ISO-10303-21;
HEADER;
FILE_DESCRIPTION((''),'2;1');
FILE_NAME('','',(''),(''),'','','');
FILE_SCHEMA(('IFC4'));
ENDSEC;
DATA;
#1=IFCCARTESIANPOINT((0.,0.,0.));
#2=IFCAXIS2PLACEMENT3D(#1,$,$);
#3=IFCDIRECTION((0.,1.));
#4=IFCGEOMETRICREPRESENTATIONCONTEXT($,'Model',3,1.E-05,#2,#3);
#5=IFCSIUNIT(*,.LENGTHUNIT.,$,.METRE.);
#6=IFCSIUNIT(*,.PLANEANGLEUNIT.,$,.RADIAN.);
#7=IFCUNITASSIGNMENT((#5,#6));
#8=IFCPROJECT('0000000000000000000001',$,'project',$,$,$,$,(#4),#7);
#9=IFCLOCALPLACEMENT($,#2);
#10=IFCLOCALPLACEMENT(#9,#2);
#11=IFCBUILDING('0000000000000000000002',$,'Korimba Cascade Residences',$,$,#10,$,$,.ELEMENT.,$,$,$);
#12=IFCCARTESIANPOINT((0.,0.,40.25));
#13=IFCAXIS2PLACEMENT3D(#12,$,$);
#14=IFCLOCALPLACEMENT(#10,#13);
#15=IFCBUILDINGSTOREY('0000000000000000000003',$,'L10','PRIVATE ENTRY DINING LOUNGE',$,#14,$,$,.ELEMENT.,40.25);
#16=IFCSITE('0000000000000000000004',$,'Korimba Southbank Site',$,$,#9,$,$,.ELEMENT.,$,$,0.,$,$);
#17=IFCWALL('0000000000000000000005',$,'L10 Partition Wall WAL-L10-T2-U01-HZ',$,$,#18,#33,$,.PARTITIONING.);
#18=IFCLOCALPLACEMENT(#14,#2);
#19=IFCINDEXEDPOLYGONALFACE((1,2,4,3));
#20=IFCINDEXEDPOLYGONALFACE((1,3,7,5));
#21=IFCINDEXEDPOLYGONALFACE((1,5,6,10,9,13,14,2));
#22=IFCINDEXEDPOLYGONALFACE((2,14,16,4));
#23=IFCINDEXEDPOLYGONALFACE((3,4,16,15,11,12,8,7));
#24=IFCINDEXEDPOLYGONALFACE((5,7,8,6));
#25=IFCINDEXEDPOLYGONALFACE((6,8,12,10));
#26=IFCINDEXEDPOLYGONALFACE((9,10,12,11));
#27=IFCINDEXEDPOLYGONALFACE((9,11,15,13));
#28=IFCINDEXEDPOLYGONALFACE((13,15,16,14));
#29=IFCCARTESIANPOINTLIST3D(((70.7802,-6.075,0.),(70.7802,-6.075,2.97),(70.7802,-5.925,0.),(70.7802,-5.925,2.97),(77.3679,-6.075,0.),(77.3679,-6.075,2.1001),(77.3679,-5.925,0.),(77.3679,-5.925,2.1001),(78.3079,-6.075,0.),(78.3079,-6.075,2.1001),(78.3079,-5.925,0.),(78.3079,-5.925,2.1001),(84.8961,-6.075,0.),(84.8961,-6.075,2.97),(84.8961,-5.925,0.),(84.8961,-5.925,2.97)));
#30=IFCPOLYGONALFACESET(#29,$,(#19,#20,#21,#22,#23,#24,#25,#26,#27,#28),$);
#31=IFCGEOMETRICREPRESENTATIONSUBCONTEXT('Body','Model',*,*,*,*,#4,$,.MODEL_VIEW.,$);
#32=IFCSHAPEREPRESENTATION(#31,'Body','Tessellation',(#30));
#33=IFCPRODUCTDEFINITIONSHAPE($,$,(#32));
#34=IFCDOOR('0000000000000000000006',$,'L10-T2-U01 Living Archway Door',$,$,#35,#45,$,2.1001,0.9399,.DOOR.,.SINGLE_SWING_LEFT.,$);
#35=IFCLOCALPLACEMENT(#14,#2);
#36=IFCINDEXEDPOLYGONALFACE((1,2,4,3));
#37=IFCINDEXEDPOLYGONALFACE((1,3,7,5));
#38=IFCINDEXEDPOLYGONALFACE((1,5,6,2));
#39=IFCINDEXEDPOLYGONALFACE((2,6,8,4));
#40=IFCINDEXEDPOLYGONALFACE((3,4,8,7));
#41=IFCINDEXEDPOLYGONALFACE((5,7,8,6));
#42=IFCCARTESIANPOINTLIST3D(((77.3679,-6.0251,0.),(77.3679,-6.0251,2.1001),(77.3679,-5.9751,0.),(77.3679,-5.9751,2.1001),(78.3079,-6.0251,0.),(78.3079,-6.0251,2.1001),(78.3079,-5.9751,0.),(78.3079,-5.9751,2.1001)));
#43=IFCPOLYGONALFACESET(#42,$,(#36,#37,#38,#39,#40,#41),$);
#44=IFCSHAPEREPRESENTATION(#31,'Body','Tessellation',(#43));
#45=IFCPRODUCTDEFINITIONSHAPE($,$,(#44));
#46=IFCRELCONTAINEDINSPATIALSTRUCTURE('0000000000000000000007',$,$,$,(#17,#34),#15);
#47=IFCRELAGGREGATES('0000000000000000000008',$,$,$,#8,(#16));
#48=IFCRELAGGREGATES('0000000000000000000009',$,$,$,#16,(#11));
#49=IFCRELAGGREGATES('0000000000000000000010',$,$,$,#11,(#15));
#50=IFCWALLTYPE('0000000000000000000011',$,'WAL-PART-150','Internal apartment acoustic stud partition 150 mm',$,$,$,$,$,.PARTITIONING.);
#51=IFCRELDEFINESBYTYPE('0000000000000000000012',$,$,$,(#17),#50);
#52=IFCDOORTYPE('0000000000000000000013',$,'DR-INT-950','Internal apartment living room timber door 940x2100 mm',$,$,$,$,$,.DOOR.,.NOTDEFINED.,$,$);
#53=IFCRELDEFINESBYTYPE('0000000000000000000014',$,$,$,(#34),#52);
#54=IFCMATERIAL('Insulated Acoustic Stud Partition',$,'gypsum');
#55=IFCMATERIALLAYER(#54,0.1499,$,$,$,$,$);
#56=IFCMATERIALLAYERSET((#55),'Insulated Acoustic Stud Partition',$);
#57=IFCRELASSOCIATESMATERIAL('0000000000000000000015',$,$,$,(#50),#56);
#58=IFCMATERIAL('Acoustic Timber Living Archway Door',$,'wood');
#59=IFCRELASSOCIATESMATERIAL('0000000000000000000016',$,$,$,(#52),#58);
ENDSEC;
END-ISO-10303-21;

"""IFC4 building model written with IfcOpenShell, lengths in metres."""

from ifc_helpers import new_model, si_unit, direction, frame, frame_2d, origin, place, context, subcontext, project, spatial, rectangle, extrude, material, layer, layer_set, type_object, element, fill, save


model = new_model("IFC4")

# Units and contexts
model_context = context("Model", 3, precision=1e-05, world=origin(), true_north=direction((0.0, 1.0)))
body_context = subcontext(model_context, "Body", "Model", "MODEL_VIEW")
ifc_project = project(units=[si_unit("LENGTHUNIT", "METRE"), si_unit("PLANEANGLEUNIT", "RADIAN")], contexts=[model_context])

# Site, building, storey
site_placement = place(None, origin())
site = spatial("IfcSite", under=ifc_project, at=site_placement, Name="Korimba Southbank Site", CompositionType="ELEMENT", RefElevation=0.0)
building_placement = place(site_placement, origin())
building = spatial("IfcBuilding", under=site, at=building_placement, Name="Korimba Cascade Residences", CompositionType="ELEMENT")
storey_placement = place(building_placement, frame((0.0, 0.0, 40.25)))
storey = spatial("IfcBuildingStorey", under=building, at=storey_placement, Name="L10", Description="PRIVATE ENTRY DINING LOUNGE", CompositionType="ELEMENT", Elevation=40.25)

# Wall, opening, door
ifc_material_1 = material(Name="Insulated Acoustic Stud Partition", Category="gypsum")
ifc_layer_1 = layer(ifc_material_1, 0.1499)
ifc_layer_set_1 = layer_set([ifc_layer_1], Name="Insulated Acoustic Stud Partition")
wall_type_1 = type_object("IfcWallType", Name="WAL-PART-150", Description="Internal apartment acoustic stud partition 150 mm", PredefinedType="PARTITIONING", material=ifc_layer_set_1)
wall_1_placement = place(storey_placement, frame((70.78, -6.0, 0.0), z_axis=(0.0, 0.0, 1.0), x_axis=(1.0, 0.0, 0.0)))
wall_1 = element("IfcWall", 1, at=wall_1_placement, inside=storey, type_object=wall_type_1, Name="L10 Partition Wall WAL-L10-T2-U01-HZ", PredefinedType="PARTITIONING", context=body_context, shape_type="SweptSolid", body=[
    extrude(rectangle(XDim=14.116, YDim=0.1499, at=frame_2d((7.0581, 0.0))), origin(), (0.0, 0.0, 1.0), 2.97),
])
opening_1_placement = place(wall_1_placement, frame((6.5879, 0.0, 0.0)))
opening_1 = element("IfcOpeningElement", 2, at=opening_1_placement, cuts=wall_1, PredefinedType="OPENING", context=body_context, shape_type="SweptSolid", body=[
    extrude(rectangle(XDim=0.9399, YDim=2.1001, at=frame_2d((0.47, 1.05))), frame((0.0, 0.085, 0.0), z_axis=(0.0, -1.0, 0.0), x_axis=(1.0, 0.0, 0.0)), (0.0, 0.0, 1.0), 0.1699),
])
ifc_material_2 = material(Name="Acoustic Timber Living Archway Door", Category="wood")
door_type_1 = type_object("IfcDoorType", Name="DR-INT-950", Description="Internal apartment living room timber door 940x2100 mm", OperationType="NOTDEFINED", PredefinedType="DOOR", material=ifc_material_2)
door_1_placement = place(opening_1_placement, origin())
door_1 = element("IfcDoor", 3, at=door_1_placement, inside=storey, type_object=door_type_1, Name="L10-T2-U01 Living Archway Door", OperationType="SINGLE_SWING_LEFT", OverallHeight=2.1001, OverallWidth=0.9399, PredefinedType="DOOR", context=body_context, shape_type="SweptSolid", body=[
    extrude(rectangle(XDim=0.9399, YDim=2.1001, at=frame_2d((0.47, 1.05))), frame((0.0, 0.0249, 0.0), z_axis=(0.0, -1.0, 0.0), x_axis=(1.0, 0.0, 0.0)), (0.0, 0.0, 1.0), 0.05),
])
fill(opening_1, door_1)

save(model, "model.ifc")
